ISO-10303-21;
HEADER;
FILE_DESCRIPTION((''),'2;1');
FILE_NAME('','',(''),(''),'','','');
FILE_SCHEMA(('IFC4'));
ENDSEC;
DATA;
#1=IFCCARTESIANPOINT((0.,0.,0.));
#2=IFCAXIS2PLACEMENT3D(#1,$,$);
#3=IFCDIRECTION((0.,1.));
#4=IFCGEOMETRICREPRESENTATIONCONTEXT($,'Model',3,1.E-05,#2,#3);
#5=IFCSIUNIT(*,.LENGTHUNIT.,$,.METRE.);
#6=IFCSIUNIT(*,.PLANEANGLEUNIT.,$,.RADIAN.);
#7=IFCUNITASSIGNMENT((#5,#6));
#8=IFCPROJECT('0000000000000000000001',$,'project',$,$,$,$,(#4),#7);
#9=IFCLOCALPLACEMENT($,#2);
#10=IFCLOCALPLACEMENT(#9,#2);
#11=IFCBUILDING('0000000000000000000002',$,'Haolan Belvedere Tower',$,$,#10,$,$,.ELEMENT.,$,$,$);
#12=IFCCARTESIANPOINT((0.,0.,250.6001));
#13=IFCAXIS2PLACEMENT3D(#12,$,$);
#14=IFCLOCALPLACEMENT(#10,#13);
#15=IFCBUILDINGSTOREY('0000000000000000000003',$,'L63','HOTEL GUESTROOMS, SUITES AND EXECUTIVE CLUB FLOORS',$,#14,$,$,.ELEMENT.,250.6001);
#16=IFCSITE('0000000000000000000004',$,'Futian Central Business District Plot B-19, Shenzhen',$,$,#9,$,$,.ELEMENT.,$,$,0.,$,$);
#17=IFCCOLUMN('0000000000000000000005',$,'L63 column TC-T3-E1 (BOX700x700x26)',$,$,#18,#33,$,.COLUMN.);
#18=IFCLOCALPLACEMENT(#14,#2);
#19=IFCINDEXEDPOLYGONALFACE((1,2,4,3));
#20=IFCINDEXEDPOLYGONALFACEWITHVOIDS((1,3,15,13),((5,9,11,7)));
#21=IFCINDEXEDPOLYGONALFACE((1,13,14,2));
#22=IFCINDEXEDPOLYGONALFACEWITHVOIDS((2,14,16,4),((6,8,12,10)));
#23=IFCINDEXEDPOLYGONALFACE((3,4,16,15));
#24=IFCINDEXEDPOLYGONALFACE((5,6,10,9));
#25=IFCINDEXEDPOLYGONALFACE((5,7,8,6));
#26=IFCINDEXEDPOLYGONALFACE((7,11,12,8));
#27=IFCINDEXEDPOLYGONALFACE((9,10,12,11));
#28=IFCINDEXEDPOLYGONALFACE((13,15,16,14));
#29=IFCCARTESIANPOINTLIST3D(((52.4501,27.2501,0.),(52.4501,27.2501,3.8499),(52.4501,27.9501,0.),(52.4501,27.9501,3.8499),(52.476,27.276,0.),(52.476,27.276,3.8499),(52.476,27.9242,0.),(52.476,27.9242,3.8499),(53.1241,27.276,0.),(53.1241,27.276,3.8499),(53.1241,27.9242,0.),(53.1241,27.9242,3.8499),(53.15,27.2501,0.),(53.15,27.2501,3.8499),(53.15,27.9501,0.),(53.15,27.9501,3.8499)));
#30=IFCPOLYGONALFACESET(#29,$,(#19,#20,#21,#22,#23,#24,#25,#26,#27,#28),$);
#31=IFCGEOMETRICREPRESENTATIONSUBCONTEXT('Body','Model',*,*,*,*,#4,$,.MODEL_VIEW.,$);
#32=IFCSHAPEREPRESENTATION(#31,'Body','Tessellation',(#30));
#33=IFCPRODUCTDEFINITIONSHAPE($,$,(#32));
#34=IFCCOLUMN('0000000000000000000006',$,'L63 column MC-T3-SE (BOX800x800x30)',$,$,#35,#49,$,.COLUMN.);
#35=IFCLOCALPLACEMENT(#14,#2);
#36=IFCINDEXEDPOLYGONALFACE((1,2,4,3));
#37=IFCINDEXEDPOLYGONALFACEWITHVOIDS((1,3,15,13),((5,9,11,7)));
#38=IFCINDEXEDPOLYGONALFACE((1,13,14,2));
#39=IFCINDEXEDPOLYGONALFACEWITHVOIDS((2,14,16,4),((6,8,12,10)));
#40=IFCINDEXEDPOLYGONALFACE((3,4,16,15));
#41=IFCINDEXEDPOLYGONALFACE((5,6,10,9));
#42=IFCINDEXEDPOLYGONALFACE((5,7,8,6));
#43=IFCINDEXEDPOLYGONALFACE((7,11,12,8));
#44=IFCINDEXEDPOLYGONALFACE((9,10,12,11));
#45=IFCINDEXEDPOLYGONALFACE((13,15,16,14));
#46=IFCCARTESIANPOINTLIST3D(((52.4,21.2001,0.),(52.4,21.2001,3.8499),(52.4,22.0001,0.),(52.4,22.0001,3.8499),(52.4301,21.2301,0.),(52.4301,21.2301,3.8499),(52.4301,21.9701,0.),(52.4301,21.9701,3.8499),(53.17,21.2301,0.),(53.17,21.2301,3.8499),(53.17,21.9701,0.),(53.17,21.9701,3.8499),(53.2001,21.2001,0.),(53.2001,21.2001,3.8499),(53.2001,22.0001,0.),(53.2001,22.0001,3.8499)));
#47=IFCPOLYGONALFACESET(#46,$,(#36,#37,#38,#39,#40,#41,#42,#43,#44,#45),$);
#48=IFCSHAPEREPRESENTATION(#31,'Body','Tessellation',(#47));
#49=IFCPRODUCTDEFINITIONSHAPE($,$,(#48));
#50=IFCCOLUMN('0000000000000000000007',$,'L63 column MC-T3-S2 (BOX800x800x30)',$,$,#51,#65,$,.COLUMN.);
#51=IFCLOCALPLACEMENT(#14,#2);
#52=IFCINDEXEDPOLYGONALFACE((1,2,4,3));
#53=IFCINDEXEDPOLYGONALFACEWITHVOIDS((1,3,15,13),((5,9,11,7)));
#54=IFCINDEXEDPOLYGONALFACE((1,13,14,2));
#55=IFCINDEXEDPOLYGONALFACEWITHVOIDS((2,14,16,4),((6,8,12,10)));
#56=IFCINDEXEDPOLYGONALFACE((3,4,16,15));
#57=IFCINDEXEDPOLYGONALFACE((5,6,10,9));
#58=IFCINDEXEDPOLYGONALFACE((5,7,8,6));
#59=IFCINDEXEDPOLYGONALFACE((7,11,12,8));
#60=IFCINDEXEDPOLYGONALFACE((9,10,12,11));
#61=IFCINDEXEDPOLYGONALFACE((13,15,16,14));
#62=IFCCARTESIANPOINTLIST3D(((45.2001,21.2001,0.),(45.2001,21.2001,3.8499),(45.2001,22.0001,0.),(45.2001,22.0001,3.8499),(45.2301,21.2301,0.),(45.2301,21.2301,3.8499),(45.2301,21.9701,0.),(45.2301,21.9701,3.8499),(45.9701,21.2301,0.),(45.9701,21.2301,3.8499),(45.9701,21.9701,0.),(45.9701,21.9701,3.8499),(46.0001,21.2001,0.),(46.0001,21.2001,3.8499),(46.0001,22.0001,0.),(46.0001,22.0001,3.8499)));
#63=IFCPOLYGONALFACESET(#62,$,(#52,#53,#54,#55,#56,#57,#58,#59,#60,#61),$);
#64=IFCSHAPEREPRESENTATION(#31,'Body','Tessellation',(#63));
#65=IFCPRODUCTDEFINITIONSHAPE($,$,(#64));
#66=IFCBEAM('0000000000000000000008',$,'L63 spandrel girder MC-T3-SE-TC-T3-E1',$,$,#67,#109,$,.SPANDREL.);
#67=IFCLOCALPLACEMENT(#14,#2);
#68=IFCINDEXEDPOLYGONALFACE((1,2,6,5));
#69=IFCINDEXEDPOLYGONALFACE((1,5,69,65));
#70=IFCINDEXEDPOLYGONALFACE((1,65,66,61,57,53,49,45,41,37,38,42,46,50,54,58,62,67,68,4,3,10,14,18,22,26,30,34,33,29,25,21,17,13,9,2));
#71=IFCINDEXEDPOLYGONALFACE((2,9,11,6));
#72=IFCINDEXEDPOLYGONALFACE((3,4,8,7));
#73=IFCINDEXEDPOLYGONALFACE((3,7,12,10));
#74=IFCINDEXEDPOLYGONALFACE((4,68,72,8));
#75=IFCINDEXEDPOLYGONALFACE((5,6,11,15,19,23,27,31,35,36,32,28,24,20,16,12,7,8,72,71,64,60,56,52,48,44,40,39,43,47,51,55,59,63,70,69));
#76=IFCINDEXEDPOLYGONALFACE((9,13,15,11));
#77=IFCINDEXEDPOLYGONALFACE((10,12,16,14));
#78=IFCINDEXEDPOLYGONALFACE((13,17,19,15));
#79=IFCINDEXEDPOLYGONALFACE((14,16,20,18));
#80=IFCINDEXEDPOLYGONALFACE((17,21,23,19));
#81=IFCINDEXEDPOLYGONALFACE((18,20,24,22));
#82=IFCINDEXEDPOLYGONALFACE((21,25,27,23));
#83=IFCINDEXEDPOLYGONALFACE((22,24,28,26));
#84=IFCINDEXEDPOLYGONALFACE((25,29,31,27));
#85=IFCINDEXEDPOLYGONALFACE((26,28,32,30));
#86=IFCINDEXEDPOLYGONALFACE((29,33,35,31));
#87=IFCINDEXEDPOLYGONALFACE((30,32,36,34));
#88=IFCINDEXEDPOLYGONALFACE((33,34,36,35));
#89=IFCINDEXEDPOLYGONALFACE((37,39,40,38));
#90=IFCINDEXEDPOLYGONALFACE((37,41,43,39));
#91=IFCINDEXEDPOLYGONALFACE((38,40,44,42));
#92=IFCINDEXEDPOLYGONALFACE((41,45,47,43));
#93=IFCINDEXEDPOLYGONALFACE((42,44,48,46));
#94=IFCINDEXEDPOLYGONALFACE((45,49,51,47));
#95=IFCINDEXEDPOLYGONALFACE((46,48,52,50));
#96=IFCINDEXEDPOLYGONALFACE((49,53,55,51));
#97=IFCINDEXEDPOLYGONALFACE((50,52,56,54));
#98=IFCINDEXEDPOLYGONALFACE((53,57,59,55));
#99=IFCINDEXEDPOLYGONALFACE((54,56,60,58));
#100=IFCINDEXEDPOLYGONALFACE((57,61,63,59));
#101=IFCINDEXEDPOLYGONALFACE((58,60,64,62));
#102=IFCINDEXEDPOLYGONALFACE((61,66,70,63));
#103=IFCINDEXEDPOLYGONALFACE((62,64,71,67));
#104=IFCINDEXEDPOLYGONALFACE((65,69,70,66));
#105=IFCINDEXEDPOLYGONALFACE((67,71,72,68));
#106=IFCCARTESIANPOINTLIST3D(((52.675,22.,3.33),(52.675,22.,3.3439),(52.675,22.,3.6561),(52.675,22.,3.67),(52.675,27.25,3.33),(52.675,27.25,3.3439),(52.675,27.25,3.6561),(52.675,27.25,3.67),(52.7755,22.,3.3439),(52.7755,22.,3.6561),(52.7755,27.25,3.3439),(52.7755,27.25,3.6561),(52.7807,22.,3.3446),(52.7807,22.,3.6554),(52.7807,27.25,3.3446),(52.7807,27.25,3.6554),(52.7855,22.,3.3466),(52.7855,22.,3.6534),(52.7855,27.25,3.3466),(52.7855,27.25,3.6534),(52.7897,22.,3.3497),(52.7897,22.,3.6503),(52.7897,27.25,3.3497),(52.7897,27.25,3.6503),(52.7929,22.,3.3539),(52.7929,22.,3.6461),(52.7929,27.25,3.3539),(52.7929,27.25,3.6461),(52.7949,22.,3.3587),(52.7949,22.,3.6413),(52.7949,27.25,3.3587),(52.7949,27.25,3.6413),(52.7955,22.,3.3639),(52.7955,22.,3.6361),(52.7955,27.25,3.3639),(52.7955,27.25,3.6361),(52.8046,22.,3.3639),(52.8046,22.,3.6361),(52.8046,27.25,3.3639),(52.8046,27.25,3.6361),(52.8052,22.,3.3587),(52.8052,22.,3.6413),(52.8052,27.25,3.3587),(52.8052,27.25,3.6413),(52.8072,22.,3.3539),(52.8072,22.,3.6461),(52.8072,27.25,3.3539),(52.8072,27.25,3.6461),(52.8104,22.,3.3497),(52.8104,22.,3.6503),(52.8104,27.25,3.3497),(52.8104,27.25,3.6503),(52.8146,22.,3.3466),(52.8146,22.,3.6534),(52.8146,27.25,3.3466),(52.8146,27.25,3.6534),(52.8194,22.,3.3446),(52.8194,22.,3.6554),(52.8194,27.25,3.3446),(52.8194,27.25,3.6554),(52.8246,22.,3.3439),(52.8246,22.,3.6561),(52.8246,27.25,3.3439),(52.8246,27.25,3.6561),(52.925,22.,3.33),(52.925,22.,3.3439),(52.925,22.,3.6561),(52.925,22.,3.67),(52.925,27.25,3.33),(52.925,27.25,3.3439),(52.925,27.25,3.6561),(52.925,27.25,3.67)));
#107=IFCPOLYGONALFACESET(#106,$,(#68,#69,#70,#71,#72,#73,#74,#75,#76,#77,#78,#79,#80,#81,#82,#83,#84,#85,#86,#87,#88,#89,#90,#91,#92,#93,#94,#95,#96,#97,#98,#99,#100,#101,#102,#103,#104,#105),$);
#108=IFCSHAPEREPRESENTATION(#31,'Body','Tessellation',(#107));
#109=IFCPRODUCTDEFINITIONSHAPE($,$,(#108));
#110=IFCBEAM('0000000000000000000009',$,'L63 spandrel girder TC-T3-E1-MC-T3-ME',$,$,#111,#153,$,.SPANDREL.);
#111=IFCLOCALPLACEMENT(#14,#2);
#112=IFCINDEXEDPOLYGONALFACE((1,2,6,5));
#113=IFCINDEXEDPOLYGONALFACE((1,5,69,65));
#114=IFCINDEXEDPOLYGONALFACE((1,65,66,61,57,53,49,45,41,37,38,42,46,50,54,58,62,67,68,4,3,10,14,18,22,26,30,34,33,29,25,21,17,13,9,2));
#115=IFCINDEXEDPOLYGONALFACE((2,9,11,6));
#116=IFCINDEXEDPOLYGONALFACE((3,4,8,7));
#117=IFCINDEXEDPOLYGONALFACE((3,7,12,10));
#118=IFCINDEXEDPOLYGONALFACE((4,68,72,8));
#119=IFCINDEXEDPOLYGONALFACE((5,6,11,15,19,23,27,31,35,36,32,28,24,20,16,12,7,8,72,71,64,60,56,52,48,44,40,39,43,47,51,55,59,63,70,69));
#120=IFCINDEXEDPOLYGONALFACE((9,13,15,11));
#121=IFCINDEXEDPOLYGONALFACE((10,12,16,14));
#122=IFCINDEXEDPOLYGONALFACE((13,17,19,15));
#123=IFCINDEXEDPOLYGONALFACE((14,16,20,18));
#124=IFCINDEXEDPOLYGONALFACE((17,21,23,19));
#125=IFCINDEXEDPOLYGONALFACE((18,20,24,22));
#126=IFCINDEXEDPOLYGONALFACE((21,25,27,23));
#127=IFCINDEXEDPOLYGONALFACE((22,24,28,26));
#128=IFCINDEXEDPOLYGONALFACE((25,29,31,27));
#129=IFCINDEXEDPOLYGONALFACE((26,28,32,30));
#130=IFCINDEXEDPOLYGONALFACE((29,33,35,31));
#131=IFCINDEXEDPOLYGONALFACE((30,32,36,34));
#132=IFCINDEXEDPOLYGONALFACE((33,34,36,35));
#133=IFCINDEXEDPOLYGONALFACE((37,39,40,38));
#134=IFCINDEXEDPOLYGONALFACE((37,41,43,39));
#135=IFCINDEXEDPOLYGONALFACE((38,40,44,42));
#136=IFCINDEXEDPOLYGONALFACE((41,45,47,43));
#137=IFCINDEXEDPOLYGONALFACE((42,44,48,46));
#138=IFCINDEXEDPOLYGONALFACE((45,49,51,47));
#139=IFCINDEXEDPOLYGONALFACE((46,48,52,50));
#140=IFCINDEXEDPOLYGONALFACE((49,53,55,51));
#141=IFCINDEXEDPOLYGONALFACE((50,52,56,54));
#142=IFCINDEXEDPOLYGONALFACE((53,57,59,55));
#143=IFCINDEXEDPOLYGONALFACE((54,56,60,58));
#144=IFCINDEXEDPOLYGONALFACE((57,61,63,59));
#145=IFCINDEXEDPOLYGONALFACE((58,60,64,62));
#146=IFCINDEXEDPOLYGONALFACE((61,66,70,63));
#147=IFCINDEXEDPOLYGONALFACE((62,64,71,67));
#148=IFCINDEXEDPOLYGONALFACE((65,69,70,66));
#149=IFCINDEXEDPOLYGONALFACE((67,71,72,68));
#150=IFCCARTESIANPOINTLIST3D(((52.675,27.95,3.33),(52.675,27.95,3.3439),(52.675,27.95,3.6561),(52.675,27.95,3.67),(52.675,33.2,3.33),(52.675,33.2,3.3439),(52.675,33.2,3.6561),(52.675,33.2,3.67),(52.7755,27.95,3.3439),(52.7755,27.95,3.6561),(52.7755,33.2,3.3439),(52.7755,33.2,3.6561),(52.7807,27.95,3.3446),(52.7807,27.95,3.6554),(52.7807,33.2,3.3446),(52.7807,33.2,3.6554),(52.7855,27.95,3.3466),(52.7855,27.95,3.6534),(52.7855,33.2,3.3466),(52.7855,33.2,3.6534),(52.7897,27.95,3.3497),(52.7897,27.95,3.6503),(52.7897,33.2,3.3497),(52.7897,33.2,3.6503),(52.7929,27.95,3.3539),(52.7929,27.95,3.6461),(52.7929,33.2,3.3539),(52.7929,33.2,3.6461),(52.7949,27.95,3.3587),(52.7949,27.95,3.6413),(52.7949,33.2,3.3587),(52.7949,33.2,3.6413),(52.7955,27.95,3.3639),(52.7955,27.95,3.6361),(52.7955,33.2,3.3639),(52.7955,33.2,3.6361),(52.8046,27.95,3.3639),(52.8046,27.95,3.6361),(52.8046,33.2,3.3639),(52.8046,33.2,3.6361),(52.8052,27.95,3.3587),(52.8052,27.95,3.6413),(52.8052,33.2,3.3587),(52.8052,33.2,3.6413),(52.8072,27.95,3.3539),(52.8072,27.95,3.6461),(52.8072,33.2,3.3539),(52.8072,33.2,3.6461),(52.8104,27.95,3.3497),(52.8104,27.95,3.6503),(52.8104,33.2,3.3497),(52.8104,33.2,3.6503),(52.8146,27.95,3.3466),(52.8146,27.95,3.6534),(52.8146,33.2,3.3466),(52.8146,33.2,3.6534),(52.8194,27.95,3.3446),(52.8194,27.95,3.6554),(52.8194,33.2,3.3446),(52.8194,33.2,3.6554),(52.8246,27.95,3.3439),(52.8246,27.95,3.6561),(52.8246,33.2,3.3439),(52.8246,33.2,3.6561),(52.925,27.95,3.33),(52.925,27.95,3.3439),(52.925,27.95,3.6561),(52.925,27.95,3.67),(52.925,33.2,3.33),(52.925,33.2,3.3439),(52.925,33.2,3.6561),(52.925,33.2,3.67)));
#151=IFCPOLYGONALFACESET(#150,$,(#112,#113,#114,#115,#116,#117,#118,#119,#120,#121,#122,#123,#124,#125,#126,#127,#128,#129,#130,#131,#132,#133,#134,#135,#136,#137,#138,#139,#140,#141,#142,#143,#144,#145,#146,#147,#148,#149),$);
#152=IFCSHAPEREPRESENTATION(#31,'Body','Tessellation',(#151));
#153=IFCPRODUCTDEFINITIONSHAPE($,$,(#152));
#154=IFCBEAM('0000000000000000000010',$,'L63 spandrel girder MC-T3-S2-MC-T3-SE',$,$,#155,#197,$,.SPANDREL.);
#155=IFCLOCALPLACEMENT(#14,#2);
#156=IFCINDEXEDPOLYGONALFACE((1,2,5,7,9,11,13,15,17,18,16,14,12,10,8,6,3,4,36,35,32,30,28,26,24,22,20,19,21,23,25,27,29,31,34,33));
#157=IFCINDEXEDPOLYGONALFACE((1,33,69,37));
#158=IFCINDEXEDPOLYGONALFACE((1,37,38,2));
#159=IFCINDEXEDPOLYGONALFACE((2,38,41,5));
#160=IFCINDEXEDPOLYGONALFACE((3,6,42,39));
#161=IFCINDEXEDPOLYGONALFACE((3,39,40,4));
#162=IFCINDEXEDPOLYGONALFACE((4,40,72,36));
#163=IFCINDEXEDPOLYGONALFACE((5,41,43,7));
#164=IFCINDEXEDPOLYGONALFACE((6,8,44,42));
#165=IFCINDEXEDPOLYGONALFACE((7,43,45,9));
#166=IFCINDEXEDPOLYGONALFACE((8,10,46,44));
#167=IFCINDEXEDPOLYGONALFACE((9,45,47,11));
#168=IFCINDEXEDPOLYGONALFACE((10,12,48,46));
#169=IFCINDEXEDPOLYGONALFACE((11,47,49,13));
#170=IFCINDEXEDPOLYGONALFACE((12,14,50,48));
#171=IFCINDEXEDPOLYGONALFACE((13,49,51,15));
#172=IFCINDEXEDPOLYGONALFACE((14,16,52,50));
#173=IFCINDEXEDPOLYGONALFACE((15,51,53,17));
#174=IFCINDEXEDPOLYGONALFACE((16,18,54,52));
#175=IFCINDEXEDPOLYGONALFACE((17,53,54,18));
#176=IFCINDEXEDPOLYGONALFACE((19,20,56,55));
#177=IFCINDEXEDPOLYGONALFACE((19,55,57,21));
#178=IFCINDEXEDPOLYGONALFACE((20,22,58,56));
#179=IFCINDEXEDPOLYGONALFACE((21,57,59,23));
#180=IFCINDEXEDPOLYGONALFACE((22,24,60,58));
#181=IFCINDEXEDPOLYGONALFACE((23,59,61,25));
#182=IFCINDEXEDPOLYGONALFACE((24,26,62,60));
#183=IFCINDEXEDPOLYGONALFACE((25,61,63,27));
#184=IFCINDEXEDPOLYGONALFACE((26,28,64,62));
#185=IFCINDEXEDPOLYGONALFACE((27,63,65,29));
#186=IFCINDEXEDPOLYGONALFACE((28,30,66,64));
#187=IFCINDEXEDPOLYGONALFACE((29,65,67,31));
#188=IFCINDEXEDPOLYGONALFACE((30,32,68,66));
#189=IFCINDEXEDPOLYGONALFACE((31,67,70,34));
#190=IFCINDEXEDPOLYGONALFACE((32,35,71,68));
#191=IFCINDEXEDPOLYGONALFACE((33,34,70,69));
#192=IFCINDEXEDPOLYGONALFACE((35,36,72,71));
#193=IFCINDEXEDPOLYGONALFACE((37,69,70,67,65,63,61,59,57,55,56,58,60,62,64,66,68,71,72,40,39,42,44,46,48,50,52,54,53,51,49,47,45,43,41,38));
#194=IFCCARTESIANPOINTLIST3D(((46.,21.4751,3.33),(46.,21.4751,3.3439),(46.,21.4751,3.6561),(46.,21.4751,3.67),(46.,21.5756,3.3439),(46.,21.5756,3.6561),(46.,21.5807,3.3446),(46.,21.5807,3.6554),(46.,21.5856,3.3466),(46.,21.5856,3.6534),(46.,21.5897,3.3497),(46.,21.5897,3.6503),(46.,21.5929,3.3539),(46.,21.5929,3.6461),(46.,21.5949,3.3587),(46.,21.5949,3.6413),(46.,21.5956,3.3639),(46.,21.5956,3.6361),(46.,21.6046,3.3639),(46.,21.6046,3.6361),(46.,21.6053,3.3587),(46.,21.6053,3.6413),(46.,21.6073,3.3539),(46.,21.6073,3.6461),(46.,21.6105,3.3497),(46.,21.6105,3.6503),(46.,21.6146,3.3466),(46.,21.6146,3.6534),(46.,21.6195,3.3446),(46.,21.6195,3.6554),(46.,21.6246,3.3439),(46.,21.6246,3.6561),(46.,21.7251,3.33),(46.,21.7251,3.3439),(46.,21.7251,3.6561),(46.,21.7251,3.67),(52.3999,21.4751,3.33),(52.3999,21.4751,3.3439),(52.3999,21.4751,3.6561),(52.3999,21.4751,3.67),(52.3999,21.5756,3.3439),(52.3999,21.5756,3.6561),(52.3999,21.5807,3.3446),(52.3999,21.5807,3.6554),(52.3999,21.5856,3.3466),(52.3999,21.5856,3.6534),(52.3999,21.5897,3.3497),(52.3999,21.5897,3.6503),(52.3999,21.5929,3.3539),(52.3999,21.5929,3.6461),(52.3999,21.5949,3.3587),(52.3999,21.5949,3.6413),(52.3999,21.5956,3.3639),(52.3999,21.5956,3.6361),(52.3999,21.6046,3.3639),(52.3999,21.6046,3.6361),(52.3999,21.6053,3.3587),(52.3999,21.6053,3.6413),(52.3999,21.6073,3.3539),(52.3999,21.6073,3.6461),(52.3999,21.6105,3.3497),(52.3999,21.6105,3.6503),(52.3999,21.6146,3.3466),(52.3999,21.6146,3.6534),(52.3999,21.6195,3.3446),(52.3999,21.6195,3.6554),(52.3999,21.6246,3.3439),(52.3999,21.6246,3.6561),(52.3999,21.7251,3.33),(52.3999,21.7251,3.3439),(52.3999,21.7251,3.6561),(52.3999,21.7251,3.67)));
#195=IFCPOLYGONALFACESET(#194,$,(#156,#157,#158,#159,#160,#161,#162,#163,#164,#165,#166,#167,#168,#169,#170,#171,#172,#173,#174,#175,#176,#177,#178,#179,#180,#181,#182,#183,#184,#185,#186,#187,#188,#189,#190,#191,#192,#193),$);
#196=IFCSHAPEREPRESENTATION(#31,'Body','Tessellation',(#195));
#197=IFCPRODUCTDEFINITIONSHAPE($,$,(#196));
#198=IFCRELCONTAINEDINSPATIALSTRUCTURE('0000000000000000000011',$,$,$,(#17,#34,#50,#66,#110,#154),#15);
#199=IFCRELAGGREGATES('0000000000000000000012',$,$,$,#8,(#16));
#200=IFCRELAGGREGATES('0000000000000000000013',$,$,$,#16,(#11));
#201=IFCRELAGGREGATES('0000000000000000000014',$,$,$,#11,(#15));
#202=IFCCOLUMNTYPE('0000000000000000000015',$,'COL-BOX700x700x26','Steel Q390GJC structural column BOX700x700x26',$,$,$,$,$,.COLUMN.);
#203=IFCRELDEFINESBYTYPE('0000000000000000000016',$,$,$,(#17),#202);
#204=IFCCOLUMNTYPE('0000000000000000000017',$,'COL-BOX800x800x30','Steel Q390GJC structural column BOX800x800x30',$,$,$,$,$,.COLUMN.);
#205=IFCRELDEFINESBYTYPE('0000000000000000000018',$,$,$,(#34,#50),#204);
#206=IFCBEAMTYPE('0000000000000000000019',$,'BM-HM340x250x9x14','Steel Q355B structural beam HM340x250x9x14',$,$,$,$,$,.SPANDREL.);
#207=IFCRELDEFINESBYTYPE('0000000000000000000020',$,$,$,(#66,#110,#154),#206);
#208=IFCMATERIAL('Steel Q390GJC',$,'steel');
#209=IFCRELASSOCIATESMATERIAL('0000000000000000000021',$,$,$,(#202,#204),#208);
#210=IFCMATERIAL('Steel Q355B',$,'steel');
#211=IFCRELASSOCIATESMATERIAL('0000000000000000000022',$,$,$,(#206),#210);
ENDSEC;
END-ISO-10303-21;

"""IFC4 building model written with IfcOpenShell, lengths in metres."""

from ifc_helpers import new_model, si_unit, direction, frame, origin, origin_2d, place, context, subcontext, project, spatial, hollow_rectangle, i_section, extrude, material, material_profile, profile_set, type_object, element, save


model = new_model("IFC4")

# Units and contexts
model_context = context("Model", 3, precision=1e-05, world=origin(), true_north=direction((0.0, 1.0)))
body_context = subcontext(model_context, "Body", "Model", "MODEL_VIEW")
ifc_project = project(units=[si_unit("LENGTHUNIT", "METRE"), si_unit("PLANEANGLEUNIT", "RADIAN")], contexts=[model_context])

# Site, building, storey
site_placement = place(None, origin())
site = spatial("IfcSite", under=ifc_project, at=site_placement, Name="Futian Central Business District Plot B-19, Shenzhen", CompositionType="ELEMENT", RefElevation=0.0)
building_placement = place(site_placement, origin())
building = spatial("IfcBuilding", under=site, at=building_placement, Name="Haolan Belvedere Tower", CompositionType="ELEMENT")
storey_placement = place(building_placement, frame((0.0, 0.0, 250.6001)))
storey = spatial("IfcBuildingStorey", under=building, at=storey_placement, Name="L63", Description="HOTEL GUESTROOMS, SUITES AND EXECUTIVE CLUB FLOORS", CompositionType="ELEMENT", Elevation=250.6001)

# Columns
ifc_material_1 = material(Name="Steel Q390GJC", Category="steel")
ifc_material_profile_1 = material_profile(ifc_material_1, hollow_rectangle(XDim=0.7, YDim=0.7, WallThickness=0.0259, at=origin_2d()), Name="Steel Q390GJC")
ifc_profile_set_1 = profile_set([ifc_material_profile_1], Name="Steel Q390GJC")
column_type_1 = type_object("IfcColumnType", Name="COL-BOX700x700x26", Description="Steel Q390GJC structural column BOX700x700x26", PredefinedType="COLUMN", material=ifc_profile_set_1)
column_placement = place(storey_placement, frame((52.8, 27.6001, 0.0), z_axis=(0.0, 0.0, 1.0), x_axis=(1.0, 0.0, 0.0)))
element("IfcColumn", 1, at=column_placement, inside=storey, type_object=column_type_1, Name="L63 column TC-T3-E1 (BOX700x700x26)", PredefinedType="COLUMN", context=body_context, shape_type="SweptSolid", body=[
    extrude(hollow_rectangle(XDim=0.7, YDim=0.7, WallThickness=0.0259, at=origin_2d()), origin(), (0.0, 0.0, 1.0), 3.8499),
])
ifc_material_profile_2 = material_profile(ifc_material_1, hollow_rectangle(XDim=0.8, YDim=0.8, WallThickness=0.03, at=origin_2d()), Name="Steel Q390GJC")
ifc_profile_set_2 = profile_set([ifc_material_profile_2], Name="Steel Q390GJC")
column_type_2 = type_object("IfcColumnType", Name="COL-BOX800x800x30", Description="Steel Q390GJC structural column BOX800x800x30", PredefinedType="COLUMN", material=ifc_profile_set_2)
for number, where, z_axis, x_axis, name in (
    (2, (52.8, 21.6001, 0.0), (0.0, 0.0, 1.0), (1.0, 0.0, 0.0), "L63 column MC-T3-SE (BOX800x800x30)"),
    (3, (45.6001, 21.6001, 0.0), (0.0, 0.0, 1.0), (1.0, 0.0, 0.0), "L63 column MC-T3-S2 (BOX800x800x30)"),
):
    element("IfcColumn", number, at=place(storey_placement, frame(where, z_axis=z_axis, x_axis=x_axis)), inside=storey, type_object=column_type_2, Name=name, PredefinedType="COLUMN", context=body_context, shape_type="SweptSolid", body=[
        extrude(hollow_rectangle(XDim=0.8, YDim=0.8, WallThickness=0.03, at=origin_2d()), origin(), (0.0, 0.0, 1.0), 3.8499),
    ])

# Beams
ifc_material_2 = material(Name="Steel Q355B", Category="steel")
ifc_material_profile_3 = material_profile(ifc_material_2, i_section(OverallWidth=0.25, OverallDepth=0.3401, WebThickness=0.009, FlangeThickness=0.0139, FilletRadius=0.02, at=origin_2d()), Name="Steel Q355B")
ifc_profile_set_3 = profile_set([ifc_material_profile_3], Name="Steel Q355B")
beam_type_1 = type_object("IfcBeamType", Name="BM-HM340x250x9x14", Description="Steel Q355B structural beam HM340x250x9x14", PredefinedType="SPANDREL", material=ifc_profile_set_3)
for number, where, z_axis, x_axis, name in (
    (4, (52.8, 22.0, 3.5), (0.0, 1.0, 0.0), (-1.0, 0.0, 0.0), "L63 spandrel girder MC-T3-SE-TC-T3-E1"),
    (5, (52.8, 27.95, 3.5), (0.0, 1.0, 0.0), (-1.0, 0.0, 0.0), "L63 spandrel girder TC-T3-E1-MC-T3-ME"),
):
    element("IfcBeam", number, at=place(storey_placement, frame(where, z_axis=z_axis, x_axis=x_axis)), inside=storey, type_object=beam_type_1, Name=name, PredefinedType="SPANDREL", context=body_context, shape_type="SweptSolid", body=[
        extrude(i_section(OverallWidth=0.25, OverallDepth=0.3401, WebThickness=0.009, FlangeThickness=0.0139, FilletRadius=0.02, at=origin_2d()), origin(), (0.0, 0.0, 1.0), 5.25),
    ])
beam_1_placement = place(storey_placement, frame((46.0, 21.6001, 3.5), z_axis=(1.0, 0.0, 0.0), x_axis=(0.0, 1.0, 0.0)))
element("IfcBeam", 6, at=beam_1_placement, inside=storey, type_object=beam_type_1, Name="L63 spandrel girder MC-T3-S2-MC-T3-SE", PredefinedType="SPANDREL", context=body_context, shape_type="SweptSolid", body=[
    extrude(i_section(OverallWidth=0.25, OverallDepth=0.3401, WebThickness=0.009, FlangeThickness=0.0139, FilletRadius=0.02, at=origin_2d()), origin(), (0.0, 0.0, 1.0), 6.3999),
])

save(model, "model.ifc")
